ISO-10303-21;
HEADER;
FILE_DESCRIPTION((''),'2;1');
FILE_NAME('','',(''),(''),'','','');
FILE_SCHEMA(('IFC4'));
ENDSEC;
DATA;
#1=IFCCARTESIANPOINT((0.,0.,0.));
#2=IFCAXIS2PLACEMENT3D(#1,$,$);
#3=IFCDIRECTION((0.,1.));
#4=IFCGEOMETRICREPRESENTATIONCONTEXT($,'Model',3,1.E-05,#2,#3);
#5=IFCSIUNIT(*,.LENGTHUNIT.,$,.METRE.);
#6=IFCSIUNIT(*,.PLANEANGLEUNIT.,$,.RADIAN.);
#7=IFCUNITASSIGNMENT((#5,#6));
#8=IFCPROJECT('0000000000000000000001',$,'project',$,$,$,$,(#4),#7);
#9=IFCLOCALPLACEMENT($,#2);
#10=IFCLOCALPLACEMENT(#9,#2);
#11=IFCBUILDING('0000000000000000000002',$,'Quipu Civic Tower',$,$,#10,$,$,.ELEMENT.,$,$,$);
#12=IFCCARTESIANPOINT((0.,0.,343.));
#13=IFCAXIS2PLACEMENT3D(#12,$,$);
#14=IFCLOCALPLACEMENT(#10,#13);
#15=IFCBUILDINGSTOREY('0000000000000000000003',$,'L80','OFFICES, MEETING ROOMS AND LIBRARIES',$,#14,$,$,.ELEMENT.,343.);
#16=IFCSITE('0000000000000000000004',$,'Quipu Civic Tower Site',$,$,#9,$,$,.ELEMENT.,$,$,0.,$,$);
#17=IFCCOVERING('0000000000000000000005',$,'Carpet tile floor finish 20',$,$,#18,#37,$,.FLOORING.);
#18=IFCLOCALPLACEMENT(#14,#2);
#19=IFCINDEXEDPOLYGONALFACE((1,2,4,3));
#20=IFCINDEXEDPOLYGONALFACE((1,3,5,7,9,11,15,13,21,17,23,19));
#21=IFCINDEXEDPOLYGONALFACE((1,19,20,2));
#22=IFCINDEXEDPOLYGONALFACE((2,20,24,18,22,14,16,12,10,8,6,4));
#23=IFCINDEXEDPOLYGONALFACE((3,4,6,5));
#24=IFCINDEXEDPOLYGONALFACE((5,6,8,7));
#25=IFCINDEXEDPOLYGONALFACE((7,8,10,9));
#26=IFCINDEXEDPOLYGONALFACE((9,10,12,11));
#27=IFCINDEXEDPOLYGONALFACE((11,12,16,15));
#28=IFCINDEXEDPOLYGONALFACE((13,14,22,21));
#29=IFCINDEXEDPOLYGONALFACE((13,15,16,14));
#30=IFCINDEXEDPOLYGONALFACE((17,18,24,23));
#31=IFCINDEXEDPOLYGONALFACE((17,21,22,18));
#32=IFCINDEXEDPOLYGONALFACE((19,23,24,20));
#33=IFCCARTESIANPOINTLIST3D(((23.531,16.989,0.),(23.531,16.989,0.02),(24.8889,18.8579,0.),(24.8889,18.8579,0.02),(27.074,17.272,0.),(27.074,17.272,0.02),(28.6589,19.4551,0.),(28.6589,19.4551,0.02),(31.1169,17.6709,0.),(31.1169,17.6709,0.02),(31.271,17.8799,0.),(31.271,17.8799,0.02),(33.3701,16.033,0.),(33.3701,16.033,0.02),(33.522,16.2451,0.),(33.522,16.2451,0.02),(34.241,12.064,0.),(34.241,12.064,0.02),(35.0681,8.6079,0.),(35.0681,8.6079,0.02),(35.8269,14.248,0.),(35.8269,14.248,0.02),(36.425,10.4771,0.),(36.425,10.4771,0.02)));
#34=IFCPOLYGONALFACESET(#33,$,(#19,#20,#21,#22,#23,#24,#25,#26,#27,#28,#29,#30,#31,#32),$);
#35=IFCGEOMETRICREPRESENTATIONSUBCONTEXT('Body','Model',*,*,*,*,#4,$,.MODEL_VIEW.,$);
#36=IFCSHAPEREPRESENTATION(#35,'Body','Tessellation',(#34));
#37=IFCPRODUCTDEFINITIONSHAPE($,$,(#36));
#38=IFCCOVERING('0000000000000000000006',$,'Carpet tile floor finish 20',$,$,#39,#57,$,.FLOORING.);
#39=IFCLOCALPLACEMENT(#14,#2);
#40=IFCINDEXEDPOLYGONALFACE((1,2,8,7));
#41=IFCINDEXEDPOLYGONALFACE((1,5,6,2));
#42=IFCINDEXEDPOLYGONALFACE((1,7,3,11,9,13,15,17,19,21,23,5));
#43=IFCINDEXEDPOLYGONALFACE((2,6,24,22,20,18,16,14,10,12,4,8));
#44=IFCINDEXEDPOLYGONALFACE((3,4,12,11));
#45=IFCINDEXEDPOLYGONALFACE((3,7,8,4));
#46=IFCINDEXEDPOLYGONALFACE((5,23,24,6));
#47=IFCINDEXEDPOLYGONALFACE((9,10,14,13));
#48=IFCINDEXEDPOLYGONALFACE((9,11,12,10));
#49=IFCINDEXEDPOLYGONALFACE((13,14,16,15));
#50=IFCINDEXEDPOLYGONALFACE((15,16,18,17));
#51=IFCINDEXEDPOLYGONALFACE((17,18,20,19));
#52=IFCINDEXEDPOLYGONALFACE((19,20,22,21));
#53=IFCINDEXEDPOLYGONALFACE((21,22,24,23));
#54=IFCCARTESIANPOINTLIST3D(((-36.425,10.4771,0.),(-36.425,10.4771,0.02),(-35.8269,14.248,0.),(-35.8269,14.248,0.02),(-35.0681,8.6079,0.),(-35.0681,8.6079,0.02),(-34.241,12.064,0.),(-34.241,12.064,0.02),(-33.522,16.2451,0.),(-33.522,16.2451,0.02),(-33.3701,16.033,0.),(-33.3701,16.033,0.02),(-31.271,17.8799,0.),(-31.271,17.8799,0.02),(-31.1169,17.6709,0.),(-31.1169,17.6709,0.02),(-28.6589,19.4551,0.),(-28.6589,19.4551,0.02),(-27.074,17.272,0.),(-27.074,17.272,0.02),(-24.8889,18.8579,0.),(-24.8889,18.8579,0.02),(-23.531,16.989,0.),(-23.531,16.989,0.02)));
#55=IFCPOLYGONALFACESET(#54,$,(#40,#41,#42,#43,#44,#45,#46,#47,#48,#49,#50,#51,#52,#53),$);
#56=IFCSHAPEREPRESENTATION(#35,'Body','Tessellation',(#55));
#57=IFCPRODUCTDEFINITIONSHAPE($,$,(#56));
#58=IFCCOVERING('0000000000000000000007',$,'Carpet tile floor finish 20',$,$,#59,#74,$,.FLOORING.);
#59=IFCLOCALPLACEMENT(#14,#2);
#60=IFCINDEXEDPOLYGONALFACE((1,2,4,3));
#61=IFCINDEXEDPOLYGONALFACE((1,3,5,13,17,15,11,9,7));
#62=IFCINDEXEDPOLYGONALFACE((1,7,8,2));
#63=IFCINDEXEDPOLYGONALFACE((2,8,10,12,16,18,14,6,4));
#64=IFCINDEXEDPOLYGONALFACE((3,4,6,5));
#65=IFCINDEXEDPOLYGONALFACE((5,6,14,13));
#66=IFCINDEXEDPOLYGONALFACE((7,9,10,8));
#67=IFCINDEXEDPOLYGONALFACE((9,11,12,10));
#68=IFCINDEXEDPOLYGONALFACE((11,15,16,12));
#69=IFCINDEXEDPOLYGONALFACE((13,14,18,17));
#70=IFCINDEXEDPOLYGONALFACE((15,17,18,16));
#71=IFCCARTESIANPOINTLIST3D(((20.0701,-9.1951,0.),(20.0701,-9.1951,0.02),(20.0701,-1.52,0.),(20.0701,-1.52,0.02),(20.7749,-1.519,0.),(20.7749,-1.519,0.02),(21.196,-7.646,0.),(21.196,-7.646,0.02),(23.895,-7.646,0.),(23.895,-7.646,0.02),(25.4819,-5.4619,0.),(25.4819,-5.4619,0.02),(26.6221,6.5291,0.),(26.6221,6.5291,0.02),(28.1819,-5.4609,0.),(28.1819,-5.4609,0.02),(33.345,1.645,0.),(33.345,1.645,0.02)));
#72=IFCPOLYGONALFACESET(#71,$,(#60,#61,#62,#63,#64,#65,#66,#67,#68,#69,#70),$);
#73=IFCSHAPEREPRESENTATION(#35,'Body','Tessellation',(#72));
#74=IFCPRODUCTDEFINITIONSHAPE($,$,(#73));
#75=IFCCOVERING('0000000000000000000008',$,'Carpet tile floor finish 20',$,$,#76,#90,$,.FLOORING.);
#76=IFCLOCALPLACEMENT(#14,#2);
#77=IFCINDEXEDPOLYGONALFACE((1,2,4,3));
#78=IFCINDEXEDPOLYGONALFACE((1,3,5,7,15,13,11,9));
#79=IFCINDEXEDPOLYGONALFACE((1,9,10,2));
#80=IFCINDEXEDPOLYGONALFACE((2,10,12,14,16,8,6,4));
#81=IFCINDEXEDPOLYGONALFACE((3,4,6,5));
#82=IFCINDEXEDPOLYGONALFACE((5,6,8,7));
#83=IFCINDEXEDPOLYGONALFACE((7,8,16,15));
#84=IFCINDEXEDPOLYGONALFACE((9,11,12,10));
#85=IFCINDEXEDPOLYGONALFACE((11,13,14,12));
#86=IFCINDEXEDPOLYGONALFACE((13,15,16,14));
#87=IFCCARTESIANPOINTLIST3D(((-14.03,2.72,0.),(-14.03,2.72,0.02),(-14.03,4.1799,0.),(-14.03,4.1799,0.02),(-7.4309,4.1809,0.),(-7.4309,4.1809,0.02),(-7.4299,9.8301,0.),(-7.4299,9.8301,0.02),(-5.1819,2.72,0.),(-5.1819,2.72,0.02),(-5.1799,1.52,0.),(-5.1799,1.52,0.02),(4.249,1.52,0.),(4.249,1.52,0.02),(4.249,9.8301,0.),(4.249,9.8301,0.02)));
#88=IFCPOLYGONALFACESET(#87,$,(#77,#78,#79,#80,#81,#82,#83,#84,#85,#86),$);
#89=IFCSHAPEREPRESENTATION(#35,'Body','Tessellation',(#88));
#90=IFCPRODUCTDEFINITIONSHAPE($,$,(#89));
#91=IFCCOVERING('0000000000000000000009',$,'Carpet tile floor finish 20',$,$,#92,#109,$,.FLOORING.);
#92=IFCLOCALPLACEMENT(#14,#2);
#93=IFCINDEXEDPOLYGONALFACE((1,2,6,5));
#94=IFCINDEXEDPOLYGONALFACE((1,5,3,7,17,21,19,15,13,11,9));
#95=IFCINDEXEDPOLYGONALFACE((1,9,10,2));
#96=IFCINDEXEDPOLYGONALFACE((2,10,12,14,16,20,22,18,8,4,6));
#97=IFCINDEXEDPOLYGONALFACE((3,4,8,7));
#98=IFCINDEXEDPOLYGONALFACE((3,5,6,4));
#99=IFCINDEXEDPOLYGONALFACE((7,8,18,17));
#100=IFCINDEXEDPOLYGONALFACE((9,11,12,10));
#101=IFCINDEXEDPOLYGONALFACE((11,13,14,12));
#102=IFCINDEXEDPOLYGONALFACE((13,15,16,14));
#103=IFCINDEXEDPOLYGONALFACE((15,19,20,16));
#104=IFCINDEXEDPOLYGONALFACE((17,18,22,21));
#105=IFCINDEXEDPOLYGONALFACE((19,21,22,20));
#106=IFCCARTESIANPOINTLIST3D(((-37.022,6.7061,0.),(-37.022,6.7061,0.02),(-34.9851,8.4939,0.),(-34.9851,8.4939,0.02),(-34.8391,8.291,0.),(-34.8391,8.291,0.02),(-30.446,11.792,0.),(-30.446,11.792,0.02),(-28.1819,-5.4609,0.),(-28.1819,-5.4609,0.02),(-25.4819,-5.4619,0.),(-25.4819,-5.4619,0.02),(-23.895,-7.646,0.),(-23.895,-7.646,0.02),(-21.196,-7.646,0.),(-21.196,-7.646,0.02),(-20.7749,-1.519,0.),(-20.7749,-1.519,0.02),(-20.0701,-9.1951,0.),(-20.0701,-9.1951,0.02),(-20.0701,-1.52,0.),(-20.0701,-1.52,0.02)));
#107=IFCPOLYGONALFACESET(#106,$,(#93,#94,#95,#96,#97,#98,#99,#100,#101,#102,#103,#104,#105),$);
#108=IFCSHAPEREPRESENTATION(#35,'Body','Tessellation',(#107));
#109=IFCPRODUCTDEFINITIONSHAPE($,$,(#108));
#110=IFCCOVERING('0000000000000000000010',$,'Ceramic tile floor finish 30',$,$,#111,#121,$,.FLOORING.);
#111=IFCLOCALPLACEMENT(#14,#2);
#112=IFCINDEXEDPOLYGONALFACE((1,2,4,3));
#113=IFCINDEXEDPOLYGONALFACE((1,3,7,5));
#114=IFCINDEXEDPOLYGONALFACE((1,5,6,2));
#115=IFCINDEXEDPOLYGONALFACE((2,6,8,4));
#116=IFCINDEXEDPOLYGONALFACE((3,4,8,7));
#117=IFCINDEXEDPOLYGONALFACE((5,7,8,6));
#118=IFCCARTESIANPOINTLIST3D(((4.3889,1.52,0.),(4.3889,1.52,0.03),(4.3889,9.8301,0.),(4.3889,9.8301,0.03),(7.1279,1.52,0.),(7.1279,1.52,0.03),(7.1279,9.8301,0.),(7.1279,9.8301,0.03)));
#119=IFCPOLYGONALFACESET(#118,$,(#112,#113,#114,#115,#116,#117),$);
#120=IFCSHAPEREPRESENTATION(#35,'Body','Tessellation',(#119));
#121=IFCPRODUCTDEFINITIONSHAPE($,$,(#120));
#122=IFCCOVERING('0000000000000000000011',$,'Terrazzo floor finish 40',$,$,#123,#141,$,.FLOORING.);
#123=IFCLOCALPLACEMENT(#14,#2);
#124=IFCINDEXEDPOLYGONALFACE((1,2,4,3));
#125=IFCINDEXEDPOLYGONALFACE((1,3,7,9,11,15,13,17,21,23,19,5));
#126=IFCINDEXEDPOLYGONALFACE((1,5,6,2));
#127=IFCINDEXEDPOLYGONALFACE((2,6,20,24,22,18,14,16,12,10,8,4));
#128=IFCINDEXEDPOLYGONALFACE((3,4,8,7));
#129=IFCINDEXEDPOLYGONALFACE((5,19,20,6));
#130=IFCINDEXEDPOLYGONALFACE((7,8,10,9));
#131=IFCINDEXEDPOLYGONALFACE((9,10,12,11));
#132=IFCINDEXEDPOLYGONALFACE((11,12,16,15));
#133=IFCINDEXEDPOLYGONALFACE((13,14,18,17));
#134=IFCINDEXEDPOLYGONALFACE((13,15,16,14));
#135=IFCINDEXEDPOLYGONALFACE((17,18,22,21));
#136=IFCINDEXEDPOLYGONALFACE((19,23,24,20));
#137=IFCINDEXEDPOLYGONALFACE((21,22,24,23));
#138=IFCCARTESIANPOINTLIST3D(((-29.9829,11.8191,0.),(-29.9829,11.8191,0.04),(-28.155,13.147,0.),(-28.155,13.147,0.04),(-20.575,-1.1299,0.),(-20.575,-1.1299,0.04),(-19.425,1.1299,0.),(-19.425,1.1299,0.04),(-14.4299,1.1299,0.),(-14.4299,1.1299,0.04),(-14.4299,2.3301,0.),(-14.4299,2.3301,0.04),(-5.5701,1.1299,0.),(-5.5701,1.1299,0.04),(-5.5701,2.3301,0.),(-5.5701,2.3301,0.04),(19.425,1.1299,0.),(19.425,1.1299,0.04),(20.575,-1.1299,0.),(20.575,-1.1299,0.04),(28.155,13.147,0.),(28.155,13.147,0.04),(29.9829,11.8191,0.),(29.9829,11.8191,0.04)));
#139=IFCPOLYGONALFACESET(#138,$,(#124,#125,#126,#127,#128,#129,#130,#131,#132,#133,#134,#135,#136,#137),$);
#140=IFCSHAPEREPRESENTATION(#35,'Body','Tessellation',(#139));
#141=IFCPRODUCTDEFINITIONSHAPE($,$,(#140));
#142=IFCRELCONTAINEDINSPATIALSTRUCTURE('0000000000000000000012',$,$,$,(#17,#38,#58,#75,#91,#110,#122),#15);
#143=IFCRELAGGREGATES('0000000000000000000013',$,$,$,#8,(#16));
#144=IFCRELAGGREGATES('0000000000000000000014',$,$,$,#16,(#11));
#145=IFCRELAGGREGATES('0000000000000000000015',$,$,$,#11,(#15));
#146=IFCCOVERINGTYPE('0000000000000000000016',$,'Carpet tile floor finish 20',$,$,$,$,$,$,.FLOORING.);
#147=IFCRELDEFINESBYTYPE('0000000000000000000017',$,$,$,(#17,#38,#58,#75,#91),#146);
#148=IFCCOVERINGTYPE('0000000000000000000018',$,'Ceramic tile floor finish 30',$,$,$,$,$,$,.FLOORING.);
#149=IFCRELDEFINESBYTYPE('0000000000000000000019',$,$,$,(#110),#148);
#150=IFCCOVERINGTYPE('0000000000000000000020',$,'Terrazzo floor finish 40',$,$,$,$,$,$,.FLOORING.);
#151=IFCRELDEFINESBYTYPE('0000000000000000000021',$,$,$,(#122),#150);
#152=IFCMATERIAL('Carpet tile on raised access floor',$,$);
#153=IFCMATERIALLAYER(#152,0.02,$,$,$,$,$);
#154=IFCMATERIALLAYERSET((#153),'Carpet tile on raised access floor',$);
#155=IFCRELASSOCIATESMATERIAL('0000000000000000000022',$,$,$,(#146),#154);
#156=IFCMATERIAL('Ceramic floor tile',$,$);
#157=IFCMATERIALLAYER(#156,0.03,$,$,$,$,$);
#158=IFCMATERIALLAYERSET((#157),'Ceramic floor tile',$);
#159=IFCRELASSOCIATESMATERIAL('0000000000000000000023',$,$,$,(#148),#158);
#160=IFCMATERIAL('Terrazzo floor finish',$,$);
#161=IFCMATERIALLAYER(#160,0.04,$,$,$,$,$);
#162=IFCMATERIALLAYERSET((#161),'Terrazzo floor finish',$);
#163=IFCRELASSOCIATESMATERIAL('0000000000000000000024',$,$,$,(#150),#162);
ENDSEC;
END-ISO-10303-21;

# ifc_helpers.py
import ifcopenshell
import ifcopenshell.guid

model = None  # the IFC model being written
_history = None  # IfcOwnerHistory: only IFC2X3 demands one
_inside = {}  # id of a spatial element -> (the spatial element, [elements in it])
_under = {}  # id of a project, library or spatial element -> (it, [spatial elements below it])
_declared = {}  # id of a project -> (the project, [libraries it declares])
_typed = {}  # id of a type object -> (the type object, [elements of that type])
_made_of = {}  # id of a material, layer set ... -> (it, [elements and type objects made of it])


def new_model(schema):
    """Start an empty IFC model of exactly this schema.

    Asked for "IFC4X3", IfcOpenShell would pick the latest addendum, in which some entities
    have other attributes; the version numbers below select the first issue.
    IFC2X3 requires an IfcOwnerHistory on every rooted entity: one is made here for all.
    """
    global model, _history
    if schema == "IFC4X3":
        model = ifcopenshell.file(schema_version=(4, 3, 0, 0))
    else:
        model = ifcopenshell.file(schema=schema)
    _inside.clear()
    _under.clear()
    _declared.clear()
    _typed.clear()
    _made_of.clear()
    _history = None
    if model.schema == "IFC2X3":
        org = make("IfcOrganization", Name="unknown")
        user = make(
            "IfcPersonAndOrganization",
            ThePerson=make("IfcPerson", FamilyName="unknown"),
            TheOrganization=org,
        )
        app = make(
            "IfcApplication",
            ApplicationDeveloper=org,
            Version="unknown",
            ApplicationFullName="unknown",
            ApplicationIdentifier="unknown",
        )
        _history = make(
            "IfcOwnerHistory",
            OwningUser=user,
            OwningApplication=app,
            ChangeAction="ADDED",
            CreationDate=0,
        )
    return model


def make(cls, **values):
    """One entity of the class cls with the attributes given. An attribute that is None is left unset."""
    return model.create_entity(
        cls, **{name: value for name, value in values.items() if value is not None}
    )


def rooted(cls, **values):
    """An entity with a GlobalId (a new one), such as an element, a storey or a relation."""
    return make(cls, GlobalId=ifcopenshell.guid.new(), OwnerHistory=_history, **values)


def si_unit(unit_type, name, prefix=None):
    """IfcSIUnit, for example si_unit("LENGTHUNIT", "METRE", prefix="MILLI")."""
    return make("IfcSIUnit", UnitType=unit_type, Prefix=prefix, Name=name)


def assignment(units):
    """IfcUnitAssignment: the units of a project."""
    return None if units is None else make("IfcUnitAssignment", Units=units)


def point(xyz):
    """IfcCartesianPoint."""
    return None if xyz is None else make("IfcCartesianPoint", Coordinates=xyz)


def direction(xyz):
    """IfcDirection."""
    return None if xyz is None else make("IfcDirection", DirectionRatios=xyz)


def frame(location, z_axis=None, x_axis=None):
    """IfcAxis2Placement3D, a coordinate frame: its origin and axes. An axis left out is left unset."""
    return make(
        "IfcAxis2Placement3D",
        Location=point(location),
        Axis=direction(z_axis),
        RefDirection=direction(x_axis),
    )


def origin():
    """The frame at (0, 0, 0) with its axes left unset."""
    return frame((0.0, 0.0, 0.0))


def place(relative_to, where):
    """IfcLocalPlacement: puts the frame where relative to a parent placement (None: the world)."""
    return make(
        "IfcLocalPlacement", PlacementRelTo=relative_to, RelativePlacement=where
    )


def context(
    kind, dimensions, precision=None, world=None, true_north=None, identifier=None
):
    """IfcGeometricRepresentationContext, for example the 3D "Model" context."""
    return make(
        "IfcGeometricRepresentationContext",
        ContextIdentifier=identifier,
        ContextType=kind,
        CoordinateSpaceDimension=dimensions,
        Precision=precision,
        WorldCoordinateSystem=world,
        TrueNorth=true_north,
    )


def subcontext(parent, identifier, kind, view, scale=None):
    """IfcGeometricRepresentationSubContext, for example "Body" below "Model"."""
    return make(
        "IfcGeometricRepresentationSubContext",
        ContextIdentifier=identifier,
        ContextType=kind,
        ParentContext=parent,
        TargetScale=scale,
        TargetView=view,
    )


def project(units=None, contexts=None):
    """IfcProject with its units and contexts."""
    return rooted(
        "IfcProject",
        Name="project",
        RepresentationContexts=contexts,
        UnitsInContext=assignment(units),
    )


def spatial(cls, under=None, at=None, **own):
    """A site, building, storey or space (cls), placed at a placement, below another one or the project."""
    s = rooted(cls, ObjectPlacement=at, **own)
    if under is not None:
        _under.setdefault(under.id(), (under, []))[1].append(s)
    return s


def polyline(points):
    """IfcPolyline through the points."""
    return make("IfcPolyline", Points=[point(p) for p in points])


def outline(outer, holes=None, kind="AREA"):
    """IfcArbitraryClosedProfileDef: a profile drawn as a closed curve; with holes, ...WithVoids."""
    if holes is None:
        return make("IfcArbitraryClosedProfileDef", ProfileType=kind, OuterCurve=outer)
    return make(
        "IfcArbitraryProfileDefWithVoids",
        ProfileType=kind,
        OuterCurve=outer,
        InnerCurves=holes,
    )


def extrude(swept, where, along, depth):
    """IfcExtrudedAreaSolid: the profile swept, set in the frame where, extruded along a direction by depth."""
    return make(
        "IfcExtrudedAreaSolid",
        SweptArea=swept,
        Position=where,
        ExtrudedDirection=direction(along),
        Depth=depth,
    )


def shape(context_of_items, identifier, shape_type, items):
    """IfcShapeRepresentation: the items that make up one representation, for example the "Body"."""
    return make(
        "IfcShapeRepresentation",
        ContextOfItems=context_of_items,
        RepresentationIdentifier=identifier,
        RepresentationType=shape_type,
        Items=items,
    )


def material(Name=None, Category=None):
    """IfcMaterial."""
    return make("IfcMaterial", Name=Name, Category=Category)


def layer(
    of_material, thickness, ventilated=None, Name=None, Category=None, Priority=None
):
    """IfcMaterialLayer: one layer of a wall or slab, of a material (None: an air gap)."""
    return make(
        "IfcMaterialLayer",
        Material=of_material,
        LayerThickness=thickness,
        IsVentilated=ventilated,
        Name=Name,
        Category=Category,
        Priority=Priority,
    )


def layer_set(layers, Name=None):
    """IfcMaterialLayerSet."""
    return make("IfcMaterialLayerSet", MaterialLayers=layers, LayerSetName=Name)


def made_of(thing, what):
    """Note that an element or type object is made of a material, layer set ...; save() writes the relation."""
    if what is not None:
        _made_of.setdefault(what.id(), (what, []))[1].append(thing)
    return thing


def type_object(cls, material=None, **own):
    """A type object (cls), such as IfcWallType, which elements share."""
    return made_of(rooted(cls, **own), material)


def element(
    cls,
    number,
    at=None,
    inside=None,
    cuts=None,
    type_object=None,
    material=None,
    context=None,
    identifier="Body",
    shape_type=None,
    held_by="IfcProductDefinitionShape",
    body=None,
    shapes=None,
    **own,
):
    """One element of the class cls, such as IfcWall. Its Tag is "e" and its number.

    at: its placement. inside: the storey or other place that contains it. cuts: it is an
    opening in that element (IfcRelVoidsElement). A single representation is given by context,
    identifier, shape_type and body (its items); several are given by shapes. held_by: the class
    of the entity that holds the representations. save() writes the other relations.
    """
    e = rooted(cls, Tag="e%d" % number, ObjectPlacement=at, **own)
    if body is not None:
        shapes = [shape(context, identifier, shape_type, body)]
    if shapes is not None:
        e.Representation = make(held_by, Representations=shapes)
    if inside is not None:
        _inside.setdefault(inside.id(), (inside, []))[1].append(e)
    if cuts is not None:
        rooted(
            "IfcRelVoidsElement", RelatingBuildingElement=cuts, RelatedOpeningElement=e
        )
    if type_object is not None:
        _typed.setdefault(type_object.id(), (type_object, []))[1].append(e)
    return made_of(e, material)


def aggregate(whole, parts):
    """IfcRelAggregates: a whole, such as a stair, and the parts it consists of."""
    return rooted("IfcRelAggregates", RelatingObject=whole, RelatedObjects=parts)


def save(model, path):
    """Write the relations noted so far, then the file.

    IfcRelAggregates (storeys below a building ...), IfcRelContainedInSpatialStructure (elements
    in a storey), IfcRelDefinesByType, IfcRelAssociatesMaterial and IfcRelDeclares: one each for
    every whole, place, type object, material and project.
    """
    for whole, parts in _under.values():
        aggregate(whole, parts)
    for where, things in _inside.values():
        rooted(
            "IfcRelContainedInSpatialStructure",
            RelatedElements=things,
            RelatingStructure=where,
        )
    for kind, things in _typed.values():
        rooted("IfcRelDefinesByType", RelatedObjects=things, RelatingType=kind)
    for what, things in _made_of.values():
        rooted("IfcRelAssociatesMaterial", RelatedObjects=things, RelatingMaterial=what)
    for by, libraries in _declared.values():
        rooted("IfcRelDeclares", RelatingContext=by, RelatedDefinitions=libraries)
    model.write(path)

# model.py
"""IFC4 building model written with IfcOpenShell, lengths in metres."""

from ifc_helpers import new_model, si_unit, direction, frame, origin, place, context, subcontext, project, spatial, polyline, outline, extrude, material, layer, layer_set, type_object, element, save


model = new_model("IFC4")

# Units and contexts
model_context = context("Model", 3, precision=1e-05, world=origin(), true_north=direction((0.0, 1.0)))
body_context = subcontext(model_context, "Body", "Model", "MODEL_VIEW")
ifc_project = project(units=[si_unit("LENGTHUNIT", "METRE"), si_unit("PLANEANGLEUNIT", "RADIAN")], contexts=[model_context])

# Site, building, storey
site_placement = place(None, origin())
site = spatial("IfcSite", under=ifc_project, at=site_placement, Name="Quipu Civic Tower Site", CompositionType="ELEMENT", RefElevation=0.0)
building_placement = place(site_placement, origin())
building = spatial("IfcBuilding", under=site, at=building_placement, Name="Quipu Civic Tower", CompositionType="ELEMENT")
storey_placement = place(building_placement, frame((0.0, 0.0, 343.0)))
storey = spatial("IfcBuildingStorey", under=building, at=storey_placement, Name="L80", Description="OFFICES, MEETING ROOMS AND LIBRARIES", CompositionType="ELEMENT", Elevation=343.0)

# Coverings
ifc_material_1 = material(Name="Carpet tile on raised access floor")
ifc_layer_1 = layer(ifc_material_1, 0.02)
ifc_layer_set_1 = layer_set([ifc_layer_1], Name="Carpet tile on raised access floor")
covering_type_1 = type_object("IfcCoveringType", Name="Carpet tile floor finish 20", PredefinedType="FLOORING", material=ifc_layer_set_1)
covering_1_placement = place(storey_placement, origin())
element("IfcCovering", 1, at=covering_1_placement, inside=storey, type_object=covering_type_1, Name="Carpet tile floor finish 20", PredefinedType="FLOORING", context=body_context, shape_type="SweptSolid", body=[
    extrude(outline(polyline([(23.531, 16.989), (24.8889, 18.8579), (27.074, 17.272), (28.6589, 19.4551), (31.1169, 17.6709), (31.271, 17.8799), (33.522, 16.2451), (33.3701, 16.033), (35.8269, 14.248), (34.241, 12.064), (36.425, 10.4771), (35.0681, 8.6079), (23.531, 16.989)])), origin(), (0.0, 0.0, 1.0), 0.02),
])
covering_2_placement = place(storey_placement, origin())
element("IfcCovering", 2, at=covering_2_placement, inside=storey, type_object=covering_type_1, Name="Carpet tile floor finish 20", PredefinedType="FLOORING", context=body_context, shape_type="SweptSolid", body=[
    extrude(outline(polyline([(-36.425, 10.4771), (-34.241, 12.064), (-35.8269, 14.248), (-33.3701, 16.033), (-33.522, 16.2451), (-31.271, 17.8799), (-31.1169, 17.6709), (-28.6589, 19.4551), (-27.074, 17.272), (-24.8889, 18.8579), (-23.531, 16.989), (-35.0681, 8.6079), (-36.425, 10.4771)])), origin(), (0.0, 0.0, 1.0), 0.02),
])
covering_3_placement = place(storey_placement, origin())
element("IfcCovering", 3, at=covering_3_placement, inside=storey, type_object=covering_type_1, Name="Carpet tile floor finish 20", PredefinedType="FLOORING", context=body_context, shape_type="SweptSolid", body=[
    extrude(outline(polyline([(20.0701, -9.1951), (20.0701, -1.52), (20.7749, -1.519), (26.6221, 6.5291), (33.345, 1.645), (28.1819, -5.4609), (25.4819, -5.4619), (23.895, -7.646), (21.196, -7.646), (20.0701, -9.1951)])), origin(), (0.0, 0.0, 1.0), 0.02),
])
covering_4_placement = place(storey_placement, origin())
element("IfcCovering", 4, at=covering_4_placement, inside=storey, type_object=covering_type_1, Name="Carpet tile floor finish 20", PredefinedType="FLOORING", context=body_context, shape_type="SweptSolid", body=[
    extrude(outline(polyline([(-14.03, 2.72), (-14.03, 4.1799), (-7.4309, 4.1809), (-7.4299, 9.8301), (4.249, 9.8301), (4.249, 1.52), (-5.1799, 1.52), (-5.1819, 2.72), (-14.03, 2.72)])), origin(), (0.0, 0.0, 1.0), 0.02),
])
covering_5_placement = place(storey_placement, origin())
element("IfcCovering", 5, at=covering_5_placement, inside=storey, type_object=covering_type_1, Name="Carpet tile floor finish 20", PredefinedType="FLOORING", context=body_context, shape_type="SweptSolid", body=[
    extrude(outline(polyline([(-37.022, 6.7061), (-34.8391, 8.291), (-34.9851, 8.4939), (-30.446, 11.792), (-20.7749, -1.519), (-20.0701, -1.52), (-20.0701, -9.1951), (-21.196, -7.646), (-23.895, -7.646), (-25.4819, -5.4619), (-28.1819, -5.4609), (-37.022, 6.7061)])), origin(), (0.0, 0.0, 1.0), 0.02),
])
ifc_material_2 = material(Name="Ceramic floor tile")
ifc_layer_2 = layer(ifc_material_2, 0.03)
ifc_layer_set_2 = layer_set([ifc_layer_2], Name="Ceramic floor tile")
covering_type_2 = type_object("IfcCoveringType", Name="Ceramic tile floor finish 30", PredefinedType="FLOORING", material=ifc_layer_set_2)
covering_6_placement = place(storey_placement, origin())
element("IfcCovering", 6, at=covering_6_placement, inside=storey, type_object=covering_type_2, Name="Ceramic tile floor finish 30", PredefinedType="FLOORING", context=body_context, shape_type="SweptSolid", body=[
    extrude(outline(polyline([(4.3889, 1.52), (4.3889, 9.8301), (7.1279, 9.8301), (7.1279, 1.52), (4.3889, 1.52)])), origin(), (0.0, 0.0, 1.0), 0.03),
])
ifc_material_3 = material(Name="Terrazzo floor finish")
ifc_layer_3 = layer(ifc_material_3, 0.04)
ifc_layer_set_3 = layer_set([ifc_layer_3], Name="Terrazzo floor finish")
covering_type_3 = type_object("IfcCoveringType", Name="Terrazzo floor finish 40", PredefinedType="FLOORING", material=ifc_layer_set_3)
covering_7_placement = place(storey_placement, origin())
element("IfcCovering", 7, at=covering_7_placement, inside=storey, type_object=covering_type_3, Name="Terrazzo floor finish 40", PredefinedType="FLOORING", context=body_context, shape_type="SweptSolid", body=[
    extrude(outline(polyline([(19.425, 1.1299), (28.155, 13.147), (29.9829, 11.8191), (20.575, -1.1299), (-20.575, -1.1299), (-29.9829, 11.8191), (-28.155, 13.147), (-19.425, 1.1299), (-14.4299, 1.1299), (-14.4299, 2.3301), (-5.5701, 2.3301), (-5.5701, 1.1299), (19.425, 1.1299)])), origin(), (0.0, 0.0, 1.0), 0.04),
])

save(model, "model.ifc")
